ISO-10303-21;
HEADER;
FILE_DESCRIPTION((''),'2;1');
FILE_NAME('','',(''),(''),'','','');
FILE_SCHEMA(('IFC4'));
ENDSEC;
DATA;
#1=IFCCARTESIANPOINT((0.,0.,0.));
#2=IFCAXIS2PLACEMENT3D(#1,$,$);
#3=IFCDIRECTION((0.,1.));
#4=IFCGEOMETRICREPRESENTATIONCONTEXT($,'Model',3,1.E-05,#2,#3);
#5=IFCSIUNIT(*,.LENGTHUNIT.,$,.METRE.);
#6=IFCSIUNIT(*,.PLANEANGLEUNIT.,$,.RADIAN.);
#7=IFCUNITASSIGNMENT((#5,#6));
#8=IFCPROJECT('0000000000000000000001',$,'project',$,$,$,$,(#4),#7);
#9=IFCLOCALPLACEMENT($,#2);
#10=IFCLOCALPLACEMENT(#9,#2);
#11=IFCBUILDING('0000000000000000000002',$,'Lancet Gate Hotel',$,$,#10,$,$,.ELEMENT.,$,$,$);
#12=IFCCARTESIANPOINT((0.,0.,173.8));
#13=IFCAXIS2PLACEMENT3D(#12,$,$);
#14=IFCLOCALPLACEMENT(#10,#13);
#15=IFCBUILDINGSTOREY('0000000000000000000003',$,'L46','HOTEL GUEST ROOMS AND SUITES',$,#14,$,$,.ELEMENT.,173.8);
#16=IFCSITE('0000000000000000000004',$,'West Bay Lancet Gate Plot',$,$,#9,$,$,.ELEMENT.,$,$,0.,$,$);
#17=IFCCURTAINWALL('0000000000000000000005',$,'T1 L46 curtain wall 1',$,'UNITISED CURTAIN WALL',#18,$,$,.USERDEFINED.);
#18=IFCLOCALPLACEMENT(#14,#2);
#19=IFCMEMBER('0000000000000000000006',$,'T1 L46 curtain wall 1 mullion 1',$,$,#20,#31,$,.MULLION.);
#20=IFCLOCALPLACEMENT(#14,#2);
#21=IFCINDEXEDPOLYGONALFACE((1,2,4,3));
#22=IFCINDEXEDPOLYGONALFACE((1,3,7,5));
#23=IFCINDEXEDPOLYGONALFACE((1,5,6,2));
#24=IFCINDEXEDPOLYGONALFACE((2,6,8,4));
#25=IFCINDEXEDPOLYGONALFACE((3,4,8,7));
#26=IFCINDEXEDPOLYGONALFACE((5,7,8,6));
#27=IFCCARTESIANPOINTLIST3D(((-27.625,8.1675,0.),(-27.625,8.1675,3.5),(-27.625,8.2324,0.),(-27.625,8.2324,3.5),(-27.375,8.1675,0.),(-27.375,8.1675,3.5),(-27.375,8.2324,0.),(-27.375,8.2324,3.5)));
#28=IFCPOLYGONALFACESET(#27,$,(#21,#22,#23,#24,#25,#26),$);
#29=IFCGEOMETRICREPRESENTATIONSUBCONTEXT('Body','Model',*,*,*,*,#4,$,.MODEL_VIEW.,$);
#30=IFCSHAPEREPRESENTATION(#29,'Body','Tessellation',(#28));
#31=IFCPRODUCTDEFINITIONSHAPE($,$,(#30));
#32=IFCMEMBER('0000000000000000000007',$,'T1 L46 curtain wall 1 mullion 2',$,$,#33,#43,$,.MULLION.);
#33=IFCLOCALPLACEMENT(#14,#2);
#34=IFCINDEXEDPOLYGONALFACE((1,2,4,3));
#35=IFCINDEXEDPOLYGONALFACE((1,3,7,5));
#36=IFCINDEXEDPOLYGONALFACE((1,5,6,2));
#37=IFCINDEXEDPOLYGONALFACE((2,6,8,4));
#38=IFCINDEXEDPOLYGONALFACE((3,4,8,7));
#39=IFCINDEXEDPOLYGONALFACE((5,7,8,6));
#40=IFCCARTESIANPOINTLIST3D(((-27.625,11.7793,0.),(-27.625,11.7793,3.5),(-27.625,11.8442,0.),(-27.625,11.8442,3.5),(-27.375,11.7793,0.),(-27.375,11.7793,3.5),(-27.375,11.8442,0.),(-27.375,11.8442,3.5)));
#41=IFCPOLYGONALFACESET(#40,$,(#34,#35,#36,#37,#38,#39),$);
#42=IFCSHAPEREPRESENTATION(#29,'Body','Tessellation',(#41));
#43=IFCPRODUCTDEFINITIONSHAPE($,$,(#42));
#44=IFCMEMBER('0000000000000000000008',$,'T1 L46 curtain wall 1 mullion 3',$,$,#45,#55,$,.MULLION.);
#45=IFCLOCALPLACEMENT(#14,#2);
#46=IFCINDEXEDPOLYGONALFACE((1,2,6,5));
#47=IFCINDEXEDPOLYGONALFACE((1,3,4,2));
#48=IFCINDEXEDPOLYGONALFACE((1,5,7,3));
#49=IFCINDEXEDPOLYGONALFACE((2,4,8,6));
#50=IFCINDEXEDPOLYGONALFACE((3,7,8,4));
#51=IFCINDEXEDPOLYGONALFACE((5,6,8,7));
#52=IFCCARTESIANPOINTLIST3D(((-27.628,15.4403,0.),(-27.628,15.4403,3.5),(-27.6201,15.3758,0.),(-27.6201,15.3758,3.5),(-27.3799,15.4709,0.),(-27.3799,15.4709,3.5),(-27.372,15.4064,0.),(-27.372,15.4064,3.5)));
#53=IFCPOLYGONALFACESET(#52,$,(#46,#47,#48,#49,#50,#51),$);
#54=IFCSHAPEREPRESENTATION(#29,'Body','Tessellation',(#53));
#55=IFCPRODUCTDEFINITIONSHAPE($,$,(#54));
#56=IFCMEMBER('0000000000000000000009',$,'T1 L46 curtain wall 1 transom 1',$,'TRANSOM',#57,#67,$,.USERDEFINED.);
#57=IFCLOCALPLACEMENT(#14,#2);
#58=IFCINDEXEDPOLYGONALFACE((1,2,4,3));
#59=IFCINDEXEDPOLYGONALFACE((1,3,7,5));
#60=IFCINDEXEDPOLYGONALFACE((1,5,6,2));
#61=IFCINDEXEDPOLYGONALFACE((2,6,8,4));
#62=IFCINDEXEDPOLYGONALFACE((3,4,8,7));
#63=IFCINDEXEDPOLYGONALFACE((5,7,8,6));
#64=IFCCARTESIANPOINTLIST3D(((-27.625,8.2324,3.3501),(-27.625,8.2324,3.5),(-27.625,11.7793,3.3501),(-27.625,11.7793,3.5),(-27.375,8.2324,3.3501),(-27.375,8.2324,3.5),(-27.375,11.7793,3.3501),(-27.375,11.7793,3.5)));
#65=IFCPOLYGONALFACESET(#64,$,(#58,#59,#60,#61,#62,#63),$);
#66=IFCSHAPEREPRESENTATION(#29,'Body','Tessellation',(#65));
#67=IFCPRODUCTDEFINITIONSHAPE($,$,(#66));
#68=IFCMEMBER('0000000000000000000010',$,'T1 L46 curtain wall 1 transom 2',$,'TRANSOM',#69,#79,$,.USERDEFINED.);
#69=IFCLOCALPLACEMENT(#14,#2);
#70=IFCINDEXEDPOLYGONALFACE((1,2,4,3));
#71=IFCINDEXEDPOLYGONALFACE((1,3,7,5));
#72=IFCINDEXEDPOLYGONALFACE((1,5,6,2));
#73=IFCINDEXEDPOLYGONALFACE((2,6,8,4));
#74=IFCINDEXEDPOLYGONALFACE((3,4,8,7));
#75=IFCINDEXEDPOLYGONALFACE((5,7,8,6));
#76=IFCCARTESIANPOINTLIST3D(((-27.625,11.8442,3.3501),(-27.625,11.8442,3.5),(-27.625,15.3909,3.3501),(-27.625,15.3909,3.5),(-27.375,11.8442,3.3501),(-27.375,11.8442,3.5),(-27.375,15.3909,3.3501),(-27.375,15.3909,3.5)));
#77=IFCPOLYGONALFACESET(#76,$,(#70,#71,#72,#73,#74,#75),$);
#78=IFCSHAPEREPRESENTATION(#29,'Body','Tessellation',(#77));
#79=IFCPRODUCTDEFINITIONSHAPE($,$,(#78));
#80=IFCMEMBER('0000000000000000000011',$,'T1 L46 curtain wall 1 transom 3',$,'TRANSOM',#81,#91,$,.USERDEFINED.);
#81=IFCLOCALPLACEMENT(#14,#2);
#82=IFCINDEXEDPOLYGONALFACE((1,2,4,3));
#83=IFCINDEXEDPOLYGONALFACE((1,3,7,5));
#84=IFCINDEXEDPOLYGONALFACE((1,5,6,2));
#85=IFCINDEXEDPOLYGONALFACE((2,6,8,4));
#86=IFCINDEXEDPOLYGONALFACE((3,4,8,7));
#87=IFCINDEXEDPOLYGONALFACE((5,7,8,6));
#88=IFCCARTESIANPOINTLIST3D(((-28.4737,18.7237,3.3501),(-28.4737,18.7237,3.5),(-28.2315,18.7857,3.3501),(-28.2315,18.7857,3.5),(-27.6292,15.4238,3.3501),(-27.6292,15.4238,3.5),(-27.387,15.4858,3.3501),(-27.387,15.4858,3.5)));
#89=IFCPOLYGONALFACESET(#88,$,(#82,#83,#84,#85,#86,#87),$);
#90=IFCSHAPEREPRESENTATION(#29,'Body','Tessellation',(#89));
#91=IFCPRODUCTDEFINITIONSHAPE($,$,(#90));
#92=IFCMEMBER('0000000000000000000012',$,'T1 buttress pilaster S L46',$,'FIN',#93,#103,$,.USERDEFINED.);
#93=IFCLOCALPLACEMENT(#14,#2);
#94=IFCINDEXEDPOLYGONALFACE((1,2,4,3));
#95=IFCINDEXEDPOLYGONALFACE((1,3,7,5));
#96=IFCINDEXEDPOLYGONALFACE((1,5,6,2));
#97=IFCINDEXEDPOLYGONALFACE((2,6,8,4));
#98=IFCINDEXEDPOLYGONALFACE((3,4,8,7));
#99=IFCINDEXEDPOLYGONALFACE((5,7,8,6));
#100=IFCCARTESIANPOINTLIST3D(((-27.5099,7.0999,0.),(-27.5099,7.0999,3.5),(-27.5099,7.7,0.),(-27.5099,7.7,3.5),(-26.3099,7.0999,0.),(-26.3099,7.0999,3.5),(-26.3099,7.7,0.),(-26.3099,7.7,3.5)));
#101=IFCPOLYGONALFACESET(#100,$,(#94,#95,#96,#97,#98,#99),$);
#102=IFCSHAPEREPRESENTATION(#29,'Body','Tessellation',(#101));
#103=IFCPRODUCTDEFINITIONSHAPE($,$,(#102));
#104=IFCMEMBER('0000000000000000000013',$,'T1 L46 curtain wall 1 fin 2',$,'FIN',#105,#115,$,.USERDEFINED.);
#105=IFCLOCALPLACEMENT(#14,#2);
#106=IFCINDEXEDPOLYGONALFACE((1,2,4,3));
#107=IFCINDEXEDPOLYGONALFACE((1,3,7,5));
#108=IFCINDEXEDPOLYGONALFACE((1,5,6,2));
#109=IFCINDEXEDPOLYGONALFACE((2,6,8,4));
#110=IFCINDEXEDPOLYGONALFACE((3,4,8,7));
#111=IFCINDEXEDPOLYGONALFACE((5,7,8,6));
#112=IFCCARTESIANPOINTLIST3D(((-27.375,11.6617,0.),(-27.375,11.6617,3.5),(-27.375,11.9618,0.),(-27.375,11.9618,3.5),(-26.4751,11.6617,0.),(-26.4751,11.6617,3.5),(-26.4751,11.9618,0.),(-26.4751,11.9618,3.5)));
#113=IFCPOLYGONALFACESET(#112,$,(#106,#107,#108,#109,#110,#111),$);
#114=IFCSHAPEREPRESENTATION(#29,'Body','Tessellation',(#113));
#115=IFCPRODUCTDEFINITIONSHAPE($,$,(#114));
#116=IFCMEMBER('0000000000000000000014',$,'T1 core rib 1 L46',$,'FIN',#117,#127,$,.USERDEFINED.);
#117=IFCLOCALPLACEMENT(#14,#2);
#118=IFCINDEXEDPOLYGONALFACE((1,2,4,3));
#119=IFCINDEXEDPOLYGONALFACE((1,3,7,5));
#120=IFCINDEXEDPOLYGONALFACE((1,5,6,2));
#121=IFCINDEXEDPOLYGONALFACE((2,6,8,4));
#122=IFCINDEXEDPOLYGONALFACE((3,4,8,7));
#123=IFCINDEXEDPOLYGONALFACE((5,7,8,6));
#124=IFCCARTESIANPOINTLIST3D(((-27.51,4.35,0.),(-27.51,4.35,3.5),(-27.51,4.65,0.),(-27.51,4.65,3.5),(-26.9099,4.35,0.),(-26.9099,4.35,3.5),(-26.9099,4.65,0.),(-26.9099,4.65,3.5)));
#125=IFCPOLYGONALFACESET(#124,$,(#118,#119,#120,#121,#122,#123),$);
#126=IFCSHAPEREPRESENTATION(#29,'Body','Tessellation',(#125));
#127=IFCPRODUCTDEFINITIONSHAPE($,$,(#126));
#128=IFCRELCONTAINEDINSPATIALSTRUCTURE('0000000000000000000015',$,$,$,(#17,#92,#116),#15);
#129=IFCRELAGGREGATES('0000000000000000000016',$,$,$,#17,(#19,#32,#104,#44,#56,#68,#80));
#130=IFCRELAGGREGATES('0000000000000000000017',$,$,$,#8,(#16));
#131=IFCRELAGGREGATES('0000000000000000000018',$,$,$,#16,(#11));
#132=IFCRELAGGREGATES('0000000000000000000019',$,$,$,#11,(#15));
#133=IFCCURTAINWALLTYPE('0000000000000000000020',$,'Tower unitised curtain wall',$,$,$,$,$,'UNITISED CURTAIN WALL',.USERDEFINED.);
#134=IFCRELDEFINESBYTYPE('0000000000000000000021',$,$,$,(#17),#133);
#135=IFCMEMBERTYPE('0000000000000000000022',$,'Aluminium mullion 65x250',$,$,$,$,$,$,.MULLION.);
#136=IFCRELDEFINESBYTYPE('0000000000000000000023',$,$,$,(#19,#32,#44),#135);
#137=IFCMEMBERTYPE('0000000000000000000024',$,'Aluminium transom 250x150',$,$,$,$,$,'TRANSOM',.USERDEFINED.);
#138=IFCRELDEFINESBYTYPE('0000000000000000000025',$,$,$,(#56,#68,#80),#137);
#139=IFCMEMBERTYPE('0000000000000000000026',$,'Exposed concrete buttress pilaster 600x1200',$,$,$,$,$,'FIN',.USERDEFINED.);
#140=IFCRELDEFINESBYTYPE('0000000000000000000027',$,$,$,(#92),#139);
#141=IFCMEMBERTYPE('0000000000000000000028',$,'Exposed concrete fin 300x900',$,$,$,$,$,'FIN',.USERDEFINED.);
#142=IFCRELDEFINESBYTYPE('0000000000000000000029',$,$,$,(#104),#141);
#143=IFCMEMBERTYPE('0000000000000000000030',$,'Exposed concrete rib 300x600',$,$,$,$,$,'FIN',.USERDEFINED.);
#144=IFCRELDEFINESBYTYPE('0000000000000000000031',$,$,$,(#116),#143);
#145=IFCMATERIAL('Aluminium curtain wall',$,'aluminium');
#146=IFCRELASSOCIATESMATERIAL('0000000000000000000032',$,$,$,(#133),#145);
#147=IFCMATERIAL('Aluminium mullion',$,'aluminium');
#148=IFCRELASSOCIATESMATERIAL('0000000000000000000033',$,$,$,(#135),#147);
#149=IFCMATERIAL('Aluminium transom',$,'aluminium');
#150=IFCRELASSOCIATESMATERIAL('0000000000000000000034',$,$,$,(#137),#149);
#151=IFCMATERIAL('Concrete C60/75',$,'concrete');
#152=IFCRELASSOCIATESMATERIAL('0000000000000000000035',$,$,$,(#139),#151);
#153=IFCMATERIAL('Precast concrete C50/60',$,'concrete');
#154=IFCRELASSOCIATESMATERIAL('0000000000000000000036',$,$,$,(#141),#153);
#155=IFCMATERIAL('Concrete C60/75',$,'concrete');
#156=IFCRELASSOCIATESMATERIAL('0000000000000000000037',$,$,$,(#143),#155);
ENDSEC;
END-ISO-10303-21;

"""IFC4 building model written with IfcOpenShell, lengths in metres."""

from ifc_helpers import new_model, si_unit, direction, frame, origin, origin_2d, place, context, subcontext, project, spatial, rectangle, extrude, material, material_profile, profile_set, type_object, element, aggregate, save


model = new_model("IFC4")

# Units and contexts
model_context = context("Model", 3, precision=1e-05, world=origin(), true_north=direction((0.0, 1.0)))
body_context = subcontext(model_context, "Body", "Model", "MODEL_VIEW")
ifc_project = project(units=[si_unit("LENGTHUNIT", "METRE"), si_unit("PLANEANGLEUNIT", "RADIAN")], contexts=[model_context])

# Site, building, storey
site_placement = place(None, origin())
site = spatial("IfcSite", under=ifc_project, at=site_placement, Name="West Bay Lancet Gate Plot", CompositionType="ELEMENT", RefElevation=0.0)
building_placement = place(site_placement, origin())
building = spatial("IfcBuilding", under=site, at=building_placement, Name="Lancet Gate Hotel", CompositionType="ELEMENT")
storey_placement = place(building_placement, frame((0.0, 0.0, 173.8)))
storey = spatial("IfcBuildingStorey", under=building, at=storey_placement, Name="L46", Description="HOTEL GUEST ROOMS AND SUITES", CompositionType="ELEMENT", Elevation=173.8)

# Curtain wall, members
ifc_material_1 = material(Name="Aluminium curtain wall", Category="aluminium")
curtain_wall_type = type_object("IfcCurtainWallType", Name="Tower unitised curtain wall", ElementType="UNITISED CURTAIN WALL", PredefinedType="USERDEFINED", material=ifc_material_1)
curtain_wall_placement = place(storey_placement, origin())
curtain_wall = element("IfcCurtainWall", 1, at=curtain_wall_placement, inside=storey, type_object=curtain_wall_type, Name="T1 L46 curtain wall 1", ObjectType="UNITISED CURTAIN WALL", PredefinedType="USERDEFINED")
ifc_material_2 = material(Name="Aluminium mullion", Category="aluminium")
ifc_material_profile_1 = material_profile(ifc_material_2, rectangle(XDim=0.0649, YDim=0.25, at=origin_2d()), Name="MULLION 65x250")
ifc_profile_set_1 = profile_set([ifc_material_profile_1], Name="Aluminium mullion")
member_type_1 = type_object("IfcMemberType", Name="Aluminium mullion 65x250", PredefinedType="MULLION", material=ifc_profile_set_1)
member_1_placement = place(storey_placement, frame((-27.5, 8.2, 0.0), z_axis=(0.0, 0.0, 1.0), x_axis=(0.0, 1.0, 0.0)))
member_1 = element("IfcMember", 2, at=member_1_placement, type_object=member_type_1, Name="T1 L46 curtain wall 1 mullion 1", PredefinedType="MULLION", context=body_context, shape_type="SweptSolid", body=[
    extrude(rectangle(XDim=0.0649, YDim=0.25, at=origin_2d()), origin(), (0.0, 0.0, 1.0), 3.5),
])
member_2_placement = place(storey_placement, frame((-27.5, 11.8118, 0.0), z_axis=(0.0, 0.0, 1.0), x_axis=(0.0, 1.0, 0.0)))
member_2 = element("IfcMember", 3, at=member_2_placement, type_object=member_type_1, Name="T1 L46 curtain wall 1 mullion 2", PredefinedType="MULLION", context=body_context, shape_type="SweptSolid", body=[
    extrude(rectangle(XDim=0.0649, YDim=0.25, at=origin_2d()), origin(), (0.0, 0.0, 1.0), 3.5),
])
member_3_placement = place(storey_placement, frame((-27.5, 15.4233, 0.0), z_axis=(0.0, 0.0, 1.0), x_axis=(-0.122467, 0.992473, 0.0)))
member_3 = element("IfcMember", 4, at=member_3_placement, type_object=member_type_1, Name="T1 L46 curtain wall 1 mullion 3", PredefinedType="MULLION", context=body_context, shape_type="SweptSolid", body=[
    extrude(rectangle(XDim=0.0649, YDim=0.25, at=origin_2d()), origin(), (0.0, 0.0, 1.0), 3.5),
])
ifc_material_3 = material(Name="Aluminium transom", Category="aluminium")
ifc_material_profile_2 = material_profile(ifc_material_3, rectangle(XDim=0.25, YDim=0.1499, at=origin_2d()), Name="TRANSOM 250x150")
ifc_profile_set_2 = profile_set([ifc_material_profile_2], Name="Aluminium transom")
member_type_2 = type_object("IfcMemberType", Name="Aluminium transom 250x150", ElementType="TRANSOM", PredefinedType="USERDEFINED", material=ifc_profile_set_2)
member_4_placement = place(storey_placement, frame((-27.5, 8.2324, 3.425), z_axis=(0.0, 1.0, 0.0), x_axis=(-1.0, 0.0, 0.0)))
member_4 = element("IfcMember", 5, at=member_4_placement, type_object=member_type_2, Name="T1 L46 curtain wall 1 transom 1", ObjectType="TRANSOM", PredefinedType="USERDEFINED", context=body_context, shape_type="SweptSolid", body=[
    extrude(rectangle(XDim=0.25, YDim=0.1499, at=origin_2d()), origin(), (0.0, 0.0, 1.0), 3.5469),
])
member_5_placement = place(storey_placement, frame((-27.5, 11.8442, 3.425), z_axis=(0.0, 1.0, 0.0), x_axis=(-1.0, 0.0, 0.0)))
member_5 = element("IfcMember", 6, at=member_5_placement, type_object=member_type_2, Name="T1 L46 curtain wall 1 transom 2", ObjectType="TRANSOM", PredefinedType="USERDEFINED", context=body_context, shape_type="SweptSolid", body=[
    extrude(rectangle(XDim=0.25, YDim=0.1499, at=origin_2d()), origin(), (0.0, 0.0, 1.0), 3.5466),
])
member_6_placement = place(storey_placement, frame((-27.5081, 15.4548, 3.425), z_axis=(-0.247929, 0.968778, 0.0), x_axis=(-0.968778, -0.247929, 0.0)))
member_6 = element("IfcMember", 7, at=member_6_placement, type_object=member_type_2, Name="T1 L46 curtain wall 1 transom 3", ObjectType="TRANSOM", PredefinedType="USERDEFINED", context=body_context, shape_type="SweptSolid", body=[
    extrude(rectangle(XDim=0.25, YDim=0.1499, at=origin_2d()), origin(), (0.0, 0.0, 1.0), 3.4062),
])

# Members
ifc_material_4 = material(Name="Concrete C60/75", Category="concrete")
ifc_material_profile_3 = material_profile(ifc_material_4, rectangle(XDim=0.6001, YDim=1.2, at=origin_2d()), Name="FIN 600x1200")
ifc_profile_set_3 = profile_set([ifc_material_profile_3], Name="Concrete C60/75")
member_type_3 = type_object("IfcMemberType", Name="Exposed concrete buttress pilaster 600x1200", ElementType="FIN", PredefinedType="USERDEFINED", material=ifc_profile_set_3)
member_7_placement = place(storey_placement, frame((-26.9099, 7.3999, 0.0), z_axis=(0.0, 0.0, 1.0), x_axis=(0.0, 1.0, 0.0)))
element("IfcMember", 8, at=member_7_placement, inside=storey, type_object=member_type_3, Name="T1 buttress pilaster S L46", ObjectType="FIN", PredefinedType="USERDEFINED", context=body_context, shape_type="SweptSolid", body=[
    extrude(rectangle(XDim=0.6001, YDim=1.2, at=origin_2d()), origin(), (0.0, 0.0, 1.0), 3.5),
])
ifc_material_5 = material(Name="Precast concrete C50/60", Category="concrete")
ifc_material_profile_4 = material_profile(ifc_material_5, rectangle(XDim=0.3, YDim=0.8999, at=origin_2d()), Name="FIN 300x900")
ifc_profile_set_4 = profile_set([ifc_material_profile_4], Name="Precast concrete C50/60")
member_type_4 = type_object("IfcMemberType", Name="Exposed concrete fin 300x900", ElementType="FIN", PredefinedType="USERDEFINED", material=ifc_profile_set_4)
member_8_placement = place(storey_placement, frame((-26.925, 11.8118, 0.0), z_axis=(0.0, 0.0, 1.0), x_axis=(0.0, 1.0, 0.0)))
member_8 = element("IfcMember", 9, at=member_8_placement, type_object=member_type_4, Name="T1 L46 curtain wall 1 fin 2", ObjectType="FIN", PredefinedType="USERDEFINED", context=body_context, shape_type="SweptSolid", body=[
    extrude(rectangle(XDim=0.3, YDim=0.8999, at=origin_2d()), origin(), (0.0, 0.0, 1.0), 3.5),
])
ifc_material_6 = material(Name="Concrete C60/75", Category="concrete")
ifc_material_profile_5 = material_profile(ifc_material_6, rectangle(XDim=0.3, YDim=0.6001, at=origin_2d()), Name="FIN 300x600")
ifc_profile_set_5 = profile_set([ifc_material_profile_5], Name="Concrete C60/75")
member_type_5 = type_object("IfcMemberType", Name="Exposed concrete rib 300x600", ElementType="FIN", PredefinedType="USERDEFINED", material=ifc_profile_set_5)
member_9_placement = place(storey_placement, frame((-27.21, 4.5, 0.0), z_axis=(0.0, 0.0, 1.0), x_axis=(0.0, 1.0, 0.0)))
element("IfcMember", 10, at=member_9_placement, inside=storey, type_object=member_type_5, Name="T1 core rib 1 L46", ObjectType="FIN", PredefinedType="USERDEFINED", context=body_context, shape_type="SweptSolid", body=[
    extrude(rectangle(XDim=0.3, YDim=0.6001, at=origin_2d()), origin(), (0.0, 0.0, 1.0), 3.5),
])

aggregate(curtain_wall, [member_1, member_2, member_8, member_3, member_4, member_5, member_6])

save(model, "model.ifc")
